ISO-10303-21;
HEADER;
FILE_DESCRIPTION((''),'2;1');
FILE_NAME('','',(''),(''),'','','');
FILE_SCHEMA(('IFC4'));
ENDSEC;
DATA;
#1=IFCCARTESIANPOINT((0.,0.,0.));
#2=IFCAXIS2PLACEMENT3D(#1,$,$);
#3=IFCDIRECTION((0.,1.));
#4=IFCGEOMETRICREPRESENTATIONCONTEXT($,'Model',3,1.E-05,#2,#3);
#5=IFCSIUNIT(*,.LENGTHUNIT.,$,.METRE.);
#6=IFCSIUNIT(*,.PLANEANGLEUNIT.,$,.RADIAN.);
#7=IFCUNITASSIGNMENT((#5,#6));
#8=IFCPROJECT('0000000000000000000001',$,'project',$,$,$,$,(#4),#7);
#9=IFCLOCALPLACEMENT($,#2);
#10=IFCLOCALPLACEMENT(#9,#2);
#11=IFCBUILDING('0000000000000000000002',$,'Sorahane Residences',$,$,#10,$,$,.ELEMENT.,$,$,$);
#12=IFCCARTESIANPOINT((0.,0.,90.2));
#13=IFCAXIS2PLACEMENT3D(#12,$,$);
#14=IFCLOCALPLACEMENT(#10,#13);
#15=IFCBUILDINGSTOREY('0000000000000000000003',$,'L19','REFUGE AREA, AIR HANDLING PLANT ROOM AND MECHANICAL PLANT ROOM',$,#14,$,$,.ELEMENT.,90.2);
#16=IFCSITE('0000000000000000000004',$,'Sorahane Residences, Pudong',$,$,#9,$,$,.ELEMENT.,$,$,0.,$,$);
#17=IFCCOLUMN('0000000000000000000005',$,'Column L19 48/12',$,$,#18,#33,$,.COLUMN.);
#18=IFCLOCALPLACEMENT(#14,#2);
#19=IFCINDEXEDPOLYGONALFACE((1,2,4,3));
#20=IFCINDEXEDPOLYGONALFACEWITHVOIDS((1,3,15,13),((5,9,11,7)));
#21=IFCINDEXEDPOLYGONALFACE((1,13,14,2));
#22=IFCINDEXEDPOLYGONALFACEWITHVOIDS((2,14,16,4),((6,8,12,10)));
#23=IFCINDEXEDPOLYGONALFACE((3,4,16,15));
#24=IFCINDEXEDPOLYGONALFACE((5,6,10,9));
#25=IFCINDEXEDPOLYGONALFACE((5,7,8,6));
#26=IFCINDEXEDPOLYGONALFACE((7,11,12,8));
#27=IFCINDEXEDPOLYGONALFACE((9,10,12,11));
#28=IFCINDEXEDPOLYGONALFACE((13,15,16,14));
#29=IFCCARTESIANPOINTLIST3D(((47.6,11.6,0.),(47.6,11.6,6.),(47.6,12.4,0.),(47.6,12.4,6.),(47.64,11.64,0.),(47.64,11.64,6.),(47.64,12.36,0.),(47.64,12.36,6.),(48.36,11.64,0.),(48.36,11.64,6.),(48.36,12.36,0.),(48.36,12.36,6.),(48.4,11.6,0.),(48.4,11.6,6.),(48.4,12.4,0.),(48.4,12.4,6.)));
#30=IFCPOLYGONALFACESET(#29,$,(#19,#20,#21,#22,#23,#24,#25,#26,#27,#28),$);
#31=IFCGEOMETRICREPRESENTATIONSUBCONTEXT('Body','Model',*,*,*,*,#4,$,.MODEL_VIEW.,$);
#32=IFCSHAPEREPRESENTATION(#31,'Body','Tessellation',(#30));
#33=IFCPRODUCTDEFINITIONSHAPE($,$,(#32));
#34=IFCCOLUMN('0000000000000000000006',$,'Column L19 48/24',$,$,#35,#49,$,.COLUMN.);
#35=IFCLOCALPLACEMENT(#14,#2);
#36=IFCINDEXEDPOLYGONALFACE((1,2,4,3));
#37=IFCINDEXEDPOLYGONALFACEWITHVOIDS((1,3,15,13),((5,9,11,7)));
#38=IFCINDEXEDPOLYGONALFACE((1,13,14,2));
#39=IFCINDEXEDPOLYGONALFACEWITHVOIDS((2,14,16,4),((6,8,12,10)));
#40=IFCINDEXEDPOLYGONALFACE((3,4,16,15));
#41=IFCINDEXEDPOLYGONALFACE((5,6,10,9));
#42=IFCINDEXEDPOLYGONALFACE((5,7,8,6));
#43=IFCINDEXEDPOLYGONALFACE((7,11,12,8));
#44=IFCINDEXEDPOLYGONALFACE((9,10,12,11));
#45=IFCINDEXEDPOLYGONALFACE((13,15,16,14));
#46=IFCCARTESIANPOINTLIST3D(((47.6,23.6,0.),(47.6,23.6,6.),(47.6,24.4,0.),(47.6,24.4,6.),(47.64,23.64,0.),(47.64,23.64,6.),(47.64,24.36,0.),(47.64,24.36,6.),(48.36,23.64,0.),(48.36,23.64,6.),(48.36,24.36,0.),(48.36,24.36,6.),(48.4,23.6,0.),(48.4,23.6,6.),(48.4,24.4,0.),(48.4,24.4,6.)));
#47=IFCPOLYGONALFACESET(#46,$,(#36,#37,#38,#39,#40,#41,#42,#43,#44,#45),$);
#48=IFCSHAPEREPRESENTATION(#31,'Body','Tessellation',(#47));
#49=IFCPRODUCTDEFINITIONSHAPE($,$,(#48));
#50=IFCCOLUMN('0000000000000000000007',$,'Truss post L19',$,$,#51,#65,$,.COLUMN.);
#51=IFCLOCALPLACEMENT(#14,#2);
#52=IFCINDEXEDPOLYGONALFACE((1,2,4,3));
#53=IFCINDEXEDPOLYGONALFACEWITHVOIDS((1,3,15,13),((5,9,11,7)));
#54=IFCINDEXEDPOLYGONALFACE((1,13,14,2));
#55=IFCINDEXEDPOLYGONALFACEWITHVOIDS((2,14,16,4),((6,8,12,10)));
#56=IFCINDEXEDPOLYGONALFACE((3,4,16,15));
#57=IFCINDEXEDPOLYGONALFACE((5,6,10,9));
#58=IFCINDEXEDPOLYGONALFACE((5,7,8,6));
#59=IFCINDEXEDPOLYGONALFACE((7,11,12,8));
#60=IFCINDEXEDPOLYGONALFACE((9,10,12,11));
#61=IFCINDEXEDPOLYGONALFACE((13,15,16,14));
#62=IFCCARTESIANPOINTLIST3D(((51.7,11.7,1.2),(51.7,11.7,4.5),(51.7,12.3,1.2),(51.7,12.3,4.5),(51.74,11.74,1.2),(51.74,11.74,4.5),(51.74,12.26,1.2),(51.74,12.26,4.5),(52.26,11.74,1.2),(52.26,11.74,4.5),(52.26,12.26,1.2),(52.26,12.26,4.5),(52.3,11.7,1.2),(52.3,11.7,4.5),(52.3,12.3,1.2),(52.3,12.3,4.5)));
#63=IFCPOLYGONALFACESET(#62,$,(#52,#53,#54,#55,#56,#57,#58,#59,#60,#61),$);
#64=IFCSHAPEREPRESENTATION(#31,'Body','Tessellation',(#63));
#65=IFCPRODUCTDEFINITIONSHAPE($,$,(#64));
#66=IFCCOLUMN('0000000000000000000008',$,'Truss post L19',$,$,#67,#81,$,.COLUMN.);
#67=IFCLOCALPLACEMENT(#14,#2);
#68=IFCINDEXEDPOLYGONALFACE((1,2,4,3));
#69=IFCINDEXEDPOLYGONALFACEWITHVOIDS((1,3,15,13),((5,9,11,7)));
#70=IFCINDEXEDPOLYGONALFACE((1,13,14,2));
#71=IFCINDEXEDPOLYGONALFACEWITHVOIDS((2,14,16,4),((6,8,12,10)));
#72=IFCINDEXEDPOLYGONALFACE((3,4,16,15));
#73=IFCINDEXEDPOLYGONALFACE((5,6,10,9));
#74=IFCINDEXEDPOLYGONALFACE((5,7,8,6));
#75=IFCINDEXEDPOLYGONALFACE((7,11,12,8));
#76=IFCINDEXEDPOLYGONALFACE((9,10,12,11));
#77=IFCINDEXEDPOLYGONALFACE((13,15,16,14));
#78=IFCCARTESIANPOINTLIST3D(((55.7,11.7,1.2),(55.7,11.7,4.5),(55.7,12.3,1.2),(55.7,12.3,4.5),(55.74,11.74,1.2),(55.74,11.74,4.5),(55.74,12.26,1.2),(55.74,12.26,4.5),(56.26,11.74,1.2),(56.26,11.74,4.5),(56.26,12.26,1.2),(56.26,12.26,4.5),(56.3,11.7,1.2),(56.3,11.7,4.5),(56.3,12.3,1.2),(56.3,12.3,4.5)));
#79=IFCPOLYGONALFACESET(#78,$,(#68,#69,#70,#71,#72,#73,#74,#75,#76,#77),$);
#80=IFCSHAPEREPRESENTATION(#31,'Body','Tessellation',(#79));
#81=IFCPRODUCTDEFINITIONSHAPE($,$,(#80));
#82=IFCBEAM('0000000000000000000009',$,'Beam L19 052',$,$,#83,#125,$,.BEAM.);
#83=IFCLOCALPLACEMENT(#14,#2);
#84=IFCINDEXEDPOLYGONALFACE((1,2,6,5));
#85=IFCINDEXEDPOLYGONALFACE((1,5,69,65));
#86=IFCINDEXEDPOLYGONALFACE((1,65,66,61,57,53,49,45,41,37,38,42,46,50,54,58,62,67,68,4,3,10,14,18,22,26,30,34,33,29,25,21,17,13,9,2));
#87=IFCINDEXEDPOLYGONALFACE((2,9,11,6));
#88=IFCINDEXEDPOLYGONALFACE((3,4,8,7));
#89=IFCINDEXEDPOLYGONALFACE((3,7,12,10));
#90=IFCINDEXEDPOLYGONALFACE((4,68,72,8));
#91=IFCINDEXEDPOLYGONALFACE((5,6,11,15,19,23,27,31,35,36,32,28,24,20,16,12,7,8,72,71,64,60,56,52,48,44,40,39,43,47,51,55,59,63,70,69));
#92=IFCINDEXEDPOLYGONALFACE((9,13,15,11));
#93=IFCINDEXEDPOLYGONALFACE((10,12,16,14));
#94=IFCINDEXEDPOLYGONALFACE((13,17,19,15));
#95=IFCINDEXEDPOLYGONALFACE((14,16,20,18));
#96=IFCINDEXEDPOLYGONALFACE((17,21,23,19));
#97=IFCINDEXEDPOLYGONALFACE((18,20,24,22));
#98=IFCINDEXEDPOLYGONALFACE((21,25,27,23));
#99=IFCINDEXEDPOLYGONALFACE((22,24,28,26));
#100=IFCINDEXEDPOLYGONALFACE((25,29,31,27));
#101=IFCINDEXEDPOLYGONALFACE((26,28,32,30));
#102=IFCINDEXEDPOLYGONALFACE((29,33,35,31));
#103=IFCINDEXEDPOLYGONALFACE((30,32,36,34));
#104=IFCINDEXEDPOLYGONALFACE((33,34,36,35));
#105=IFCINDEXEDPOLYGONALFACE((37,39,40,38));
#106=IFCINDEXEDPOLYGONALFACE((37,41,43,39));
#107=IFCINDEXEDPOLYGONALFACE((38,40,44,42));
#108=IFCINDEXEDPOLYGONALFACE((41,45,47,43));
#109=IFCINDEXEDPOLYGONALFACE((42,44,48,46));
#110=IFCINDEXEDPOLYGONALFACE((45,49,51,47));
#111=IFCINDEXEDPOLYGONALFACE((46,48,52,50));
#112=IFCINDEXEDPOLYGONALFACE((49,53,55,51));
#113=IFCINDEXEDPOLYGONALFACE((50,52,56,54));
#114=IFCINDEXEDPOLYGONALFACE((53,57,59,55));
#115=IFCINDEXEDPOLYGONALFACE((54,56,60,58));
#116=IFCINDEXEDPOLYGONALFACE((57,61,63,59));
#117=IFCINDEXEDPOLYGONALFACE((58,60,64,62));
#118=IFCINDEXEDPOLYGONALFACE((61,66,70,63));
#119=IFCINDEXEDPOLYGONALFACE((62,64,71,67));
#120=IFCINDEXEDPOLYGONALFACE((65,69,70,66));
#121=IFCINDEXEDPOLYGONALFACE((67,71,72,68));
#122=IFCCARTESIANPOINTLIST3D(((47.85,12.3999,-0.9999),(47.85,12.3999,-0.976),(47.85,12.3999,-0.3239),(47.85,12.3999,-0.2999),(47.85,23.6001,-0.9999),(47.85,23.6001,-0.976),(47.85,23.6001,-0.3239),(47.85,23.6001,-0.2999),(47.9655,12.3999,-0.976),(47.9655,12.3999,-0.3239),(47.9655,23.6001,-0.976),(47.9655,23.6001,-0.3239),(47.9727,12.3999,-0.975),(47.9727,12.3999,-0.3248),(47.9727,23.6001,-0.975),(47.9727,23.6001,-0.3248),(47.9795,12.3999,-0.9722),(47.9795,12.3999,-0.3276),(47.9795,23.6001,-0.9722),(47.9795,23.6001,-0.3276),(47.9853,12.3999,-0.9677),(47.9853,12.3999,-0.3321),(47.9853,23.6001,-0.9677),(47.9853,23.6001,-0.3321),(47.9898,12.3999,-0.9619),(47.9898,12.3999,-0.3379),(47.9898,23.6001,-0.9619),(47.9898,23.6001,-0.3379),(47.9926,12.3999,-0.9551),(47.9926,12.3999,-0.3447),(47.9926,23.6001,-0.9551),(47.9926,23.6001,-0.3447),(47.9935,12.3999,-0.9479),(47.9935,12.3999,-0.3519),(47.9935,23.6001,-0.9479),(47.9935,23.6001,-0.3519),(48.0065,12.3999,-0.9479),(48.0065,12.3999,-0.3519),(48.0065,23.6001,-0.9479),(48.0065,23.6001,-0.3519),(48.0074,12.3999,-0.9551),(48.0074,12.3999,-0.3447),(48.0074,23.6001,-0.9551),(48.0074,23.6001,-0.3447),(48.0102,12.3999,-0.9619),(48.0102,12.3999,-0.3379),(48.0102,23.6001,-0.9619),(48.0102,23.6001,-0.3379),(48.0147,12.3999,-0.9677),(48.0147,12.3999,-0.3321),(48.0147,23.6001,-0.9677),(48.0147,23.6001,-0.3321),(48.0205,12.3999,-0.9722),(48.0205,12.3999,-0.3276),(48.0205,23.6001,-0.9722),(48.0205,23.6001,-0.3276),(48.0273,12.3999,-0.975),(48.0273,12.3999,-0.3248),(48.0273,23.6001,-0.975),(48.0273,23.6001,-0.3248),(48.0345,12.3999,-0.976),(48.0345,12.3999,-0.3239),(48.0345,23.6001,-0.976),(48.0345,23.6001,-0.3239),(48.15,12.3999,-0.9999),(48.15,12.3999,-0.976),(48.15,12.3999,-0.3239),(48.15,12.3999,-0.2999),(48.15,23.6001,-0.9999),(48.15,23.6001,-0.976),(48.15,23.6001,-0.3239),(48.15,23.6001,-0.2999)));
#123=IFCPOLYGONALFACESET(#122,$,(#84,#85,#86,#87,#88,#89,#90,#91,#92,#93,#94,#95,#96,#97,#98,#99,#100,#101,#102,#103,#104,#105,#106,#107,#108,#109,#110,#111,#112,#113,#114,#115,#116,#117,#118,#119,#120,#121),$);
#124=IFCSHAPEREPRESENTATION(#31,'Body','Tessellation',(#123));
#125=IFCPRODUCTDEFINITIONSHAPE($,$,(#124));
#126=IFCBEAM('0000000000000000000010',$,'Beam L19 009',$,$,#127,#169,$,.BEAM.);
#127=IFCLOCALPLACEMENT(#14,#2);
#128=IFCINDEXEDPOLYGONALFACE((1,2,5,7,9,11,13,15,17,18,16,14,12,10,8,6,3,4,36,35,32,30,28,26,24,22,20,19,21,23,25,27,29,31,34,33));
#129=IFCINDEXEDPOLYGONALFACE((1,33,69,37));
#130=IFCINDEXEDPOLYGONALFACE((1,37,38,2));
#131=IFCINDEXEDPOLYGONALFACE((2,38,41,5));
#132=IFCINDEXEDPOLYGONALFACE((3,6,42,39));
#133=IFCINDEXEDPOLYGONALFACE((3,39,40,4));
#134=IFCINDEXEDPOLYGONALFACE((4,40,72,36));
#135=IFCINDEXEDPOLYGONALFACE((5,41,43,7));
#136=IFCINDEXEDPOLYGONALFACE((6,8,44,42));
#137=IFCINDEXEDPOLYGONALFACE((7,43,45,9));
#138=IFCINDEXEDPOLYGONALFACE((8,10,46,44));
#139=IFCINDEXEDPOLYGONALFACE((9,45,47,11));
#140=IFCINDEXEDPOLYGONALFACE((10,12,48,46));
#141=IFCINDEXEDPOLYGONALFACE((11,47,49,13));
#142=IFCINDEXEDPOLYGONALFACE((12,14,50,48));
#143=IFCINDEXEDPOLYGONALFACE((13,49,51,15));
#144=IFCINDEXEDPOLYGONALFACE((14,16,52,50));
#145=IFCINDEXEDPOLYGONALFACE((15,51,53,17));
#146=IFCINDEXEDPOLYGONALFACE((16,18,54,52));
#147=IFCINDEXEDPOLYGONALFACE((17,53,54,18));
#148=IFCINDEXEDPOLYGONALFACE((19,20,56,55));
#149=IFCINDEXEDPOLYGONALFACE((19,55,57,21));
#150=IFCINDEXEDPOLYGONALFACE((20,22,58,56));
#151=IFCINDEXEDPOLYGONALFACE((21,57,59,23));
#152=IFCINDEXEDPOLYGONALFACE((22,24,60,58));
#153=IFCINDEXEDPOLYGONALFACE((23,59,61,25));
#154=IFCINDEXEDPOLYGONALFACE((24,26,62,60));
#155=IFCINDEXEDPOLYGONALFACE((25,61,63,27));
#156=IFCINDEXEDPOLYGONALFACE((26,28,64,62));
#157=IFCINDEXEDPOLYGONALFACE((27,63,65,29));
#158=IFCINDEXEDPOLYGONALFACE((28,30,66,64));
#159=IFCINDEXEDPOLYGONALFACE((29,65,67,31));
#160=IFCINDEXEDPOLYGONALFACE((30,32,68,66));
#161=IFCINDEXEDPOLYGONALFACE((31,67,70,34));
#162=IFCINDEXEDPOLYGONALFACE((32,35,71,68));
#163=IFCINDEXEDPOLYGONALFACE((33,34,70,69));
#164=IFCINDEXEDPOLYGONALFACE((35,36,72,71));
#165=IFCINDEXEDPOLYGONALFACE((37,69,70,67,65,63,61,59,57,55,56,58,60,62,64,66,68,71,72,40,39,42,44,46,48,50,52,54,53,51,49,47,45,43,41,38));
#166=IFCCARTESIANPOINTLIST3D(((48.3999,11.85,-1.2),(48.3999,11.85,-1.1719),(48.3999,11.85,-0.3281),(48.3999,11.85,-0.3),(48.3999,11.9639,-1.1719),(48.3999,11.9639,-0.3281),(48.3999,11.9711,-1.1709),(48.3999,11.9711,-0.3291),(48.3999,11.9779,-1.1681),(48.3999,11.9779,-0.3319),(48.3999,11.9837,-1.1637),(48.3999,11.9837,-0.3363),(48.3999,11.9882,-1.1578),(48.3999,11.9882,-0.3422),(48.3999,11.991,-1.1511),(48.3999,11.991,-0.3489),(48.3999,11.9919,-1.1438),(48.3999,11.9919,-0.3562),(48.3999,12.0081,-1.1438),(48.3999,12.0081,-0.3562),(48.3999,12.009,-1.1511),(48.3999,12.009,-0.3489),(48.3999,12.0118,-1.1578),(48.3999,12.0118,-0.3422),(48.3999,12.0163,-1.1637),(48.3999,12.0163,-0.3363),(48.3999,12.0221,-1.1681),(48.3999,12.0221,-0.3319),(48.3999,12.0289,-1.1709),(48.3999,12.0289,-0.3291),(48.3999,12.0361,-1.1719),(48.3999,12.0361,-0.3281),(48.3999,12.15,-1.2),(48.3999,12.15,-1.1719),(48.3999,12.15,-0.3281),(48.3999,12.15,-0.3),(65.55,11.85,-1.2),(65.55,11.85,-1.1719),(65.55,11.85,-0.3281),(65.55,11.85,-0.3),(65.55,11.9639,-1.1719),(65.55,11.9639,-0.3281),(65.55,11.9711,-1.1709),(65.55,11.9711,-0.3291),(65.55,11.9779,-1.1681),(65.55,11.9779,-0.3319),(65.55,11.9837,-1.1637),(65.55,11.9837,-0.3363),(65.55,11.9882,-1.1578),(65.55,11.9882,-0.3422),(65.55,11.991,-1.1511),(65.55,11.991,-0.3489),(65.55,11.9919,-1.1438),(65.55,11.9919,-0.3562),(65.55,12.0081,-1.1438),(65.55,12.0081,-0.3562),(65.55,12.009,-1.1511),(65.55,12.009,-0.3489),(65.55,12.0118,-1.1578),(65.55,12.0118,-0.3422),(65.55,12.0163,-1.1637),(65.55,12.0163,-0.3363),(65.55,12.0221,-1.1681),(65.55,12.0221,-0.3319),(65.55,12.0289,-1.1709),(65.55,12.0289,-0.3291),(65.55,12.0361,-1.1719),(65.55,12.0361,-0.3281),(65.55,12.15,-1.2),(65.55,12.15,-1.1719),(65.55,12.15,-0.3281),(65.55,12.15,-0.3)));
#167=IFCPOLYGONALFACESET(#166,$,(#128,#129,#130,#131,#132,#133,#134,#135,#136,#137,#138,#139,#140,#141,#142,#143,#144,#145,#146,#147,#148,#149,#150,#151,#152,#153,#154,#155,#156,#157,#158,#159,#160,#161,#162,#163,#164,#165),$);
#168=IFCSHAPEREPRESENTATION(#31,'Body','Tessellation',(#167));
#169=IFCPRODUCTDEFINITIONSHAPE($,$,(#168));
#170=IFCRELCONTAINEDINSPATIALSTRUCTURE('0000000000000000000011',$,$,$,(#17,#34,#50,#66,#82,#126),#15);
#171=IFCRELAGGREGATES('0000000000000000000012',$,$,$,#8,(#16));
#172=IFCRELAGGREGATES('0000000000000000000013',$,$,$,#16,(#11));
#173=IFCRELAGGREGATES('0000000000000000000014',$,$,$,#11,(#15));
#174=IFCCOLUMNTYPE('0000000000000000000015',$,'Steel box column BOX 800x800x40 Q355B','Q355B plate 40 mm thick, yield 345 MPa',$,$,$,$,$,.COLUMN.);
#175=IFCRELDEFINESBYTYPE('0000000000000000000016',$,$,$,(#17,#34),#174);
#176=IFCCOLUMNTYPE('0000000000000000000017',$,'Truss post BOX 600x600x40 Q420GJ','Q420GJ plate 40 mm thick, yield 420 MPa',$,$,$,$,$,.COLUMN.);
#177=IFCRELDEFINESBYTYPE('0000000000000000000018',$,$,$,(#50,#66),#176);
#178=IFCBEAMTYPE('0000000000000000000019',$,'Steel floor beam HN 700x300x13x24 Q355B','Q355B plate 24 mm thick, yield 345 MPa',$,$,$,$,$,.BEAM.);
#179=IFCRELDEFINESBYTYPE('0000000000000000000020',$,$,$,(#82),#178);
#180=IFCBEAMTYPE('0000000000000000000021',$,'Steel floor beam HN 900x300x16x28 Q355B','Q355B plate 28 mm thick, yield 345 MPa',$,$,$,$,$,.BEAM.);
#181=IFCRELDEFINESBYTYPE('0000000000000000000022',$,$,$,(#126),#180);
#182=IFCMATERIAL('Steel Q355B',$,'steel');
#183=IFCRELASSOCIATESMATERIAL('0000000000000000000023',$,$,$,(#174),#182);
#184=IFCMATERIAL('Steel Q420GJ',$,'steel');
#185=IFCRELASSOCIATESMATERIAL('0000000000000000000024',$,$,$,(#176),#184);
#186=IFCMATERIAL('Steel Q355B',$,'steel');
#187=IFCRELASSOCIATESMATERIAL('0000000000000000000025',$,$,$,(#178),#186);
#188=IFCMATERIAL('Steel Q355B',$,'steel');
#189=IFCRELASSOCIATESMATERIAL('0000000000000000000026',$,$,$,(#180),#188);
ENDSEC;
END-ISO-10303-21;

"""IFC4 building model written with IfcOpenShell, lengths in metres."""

from ifc_helpers import new_model, si_unit, direction, frame, origin, origin_2d, place, context, subcontext, project, spatial, hollow_rectangle, i_section, extrude, material, material_profile, profile_set, type_object, element, save


model = new_model("IFC4")

# Units and contexts
model_context = context("Model", 3, precision=1e-05, world=origin(), true_north=direction((0.0, 1.0)))
body_context = subcontext(model_context, "Body", "Model", "MODEL_VIEW")
ifc_project = project(units=[si_unit("LENGTHUNIT", "METRE"), si_unit("PLANEANGLEUNIT", "RADIAN")], contexts=[model_context])

# Site, building, storey
site_placement = place(None, origin())
site = spatial("IfcSite", under=ifc_project, at=site_placement, Name="Sorahane Residences, Pudong", CompositionType="ELEMENT", RefElevation=0.0)
building_placement = place(site_placement, origin())
building = spatial("IfcBuilding", under=site, at=building_placement, Name="Sorahane Residences", CompositionType="ELEMENT")
storey_placement = place(building_placement, frame((0.0, 0.0, 90.2)))
storey = spatial("IfcBuildingStorey", under=building, at=storey_placement, Name="L19", Description="REFUGE AREA, AIR HANDLING PLANT ROOM AND MECHANICAL PLANT ROOM", CompositionType="ELEMENT", Elevation=90.2)

# Columns
ifc_material_1 = material(Name="Steel Q355B", Category="steel")
ifc_material_profile_1 = material_profile(ifc_material_1, hollow_rectangle(XDim=0.8, YDim=0.8, WallThickness=0.04, at=origin_2d()), Name="BOX 800x800x40")
ifc_profile_set_1 = profile_set([ifc_material_profile_1], Name="Steel Q355B")
column_type_1 = type_object("IfcColumnType", Name="Steel box column BOX 800x800x40 Q355B", Description="Q355B plate 40 mm thick, yield 345 MPa", PredefinedType="COLUMN", material=ifc_profile_set_1)
for number, where, z_axis, x_axis, name in (
    (1, (48.0, 12.0, 0.0), (0.0, 0.0, 1.0), (1.0, 0.0, 0.0), "Column L19 48/12"),
    (2, (48.0, 24.0, 0.0), (0.0, 0.0, 1.0), (1.0, 0.0, 0.0), "Column L19 48/24"),
):
    element("IfcColumn", number, at=place(storey_placement, frame(where, z_axis=z_axis, x_axis=x_axis)), inside=storey, type_object=column_type_1, Name=name, PredefinedType="COLUMN", context=body_context, shape_type="SweptSolid", body=[
        extrude(hollow_rectangle(XDim=0.8, YDim=0.8, WallThickness=0.04, at=origin_2d()), origin(), (0.0, 0.0, 1.0), 6.0),
    ])
ifc_material_2 = material(Name="Steel Q420GJ", Category="steel")
ifc_material_profile_2 = material_profile(ifc_material_2, hollow_rectangle(XDim=0.6001, YDim=0.6001, WallThickness=0.04, at=origin_2d()), Name="BOX 600x600x40")
ifc_profile_set_2 = profile_set([ifc_material_profile_2], Name="Steel Q420GJ")
column_type_2 = type_object("IfcColumnType", Name="Truss post BOX 600x600x40 Q420GJ", Description="Q420GJ plate 40 mm thick, yield 420 MPa", PredefinedType="COLUMN", material=ifc_profile_set_2)
for number, where, z_axis, x_axis, name in (
    (3, (52.0, 12.0, 1.2), (0.0, 0.0, 1.0), (1.0, 0.0, 0.0), "Truss post L19"),
    (4, (56.0, 12.0, 1.2), (0.0, 0.0, 1.0), (1.0, 0.0, 0.0), "Truss post L19"),
):
    element("IfcColumn", number, at=place(storey_placement, frame(where, z_axis=z_axis, x_axis=x_axis)), inside=storey, type_object=column_type_2, Name=name, PredefinedType="COLUMN", context=body_context, shape_type="SweptSolid", body=[
        extrude(hollow_rectangle(XDim=0.6001, YDim=0.6001, WallThickness=0.04, at=origin_2d()), origin(), (0.0, 0.0, 1.0), 3.3),
    ])

# Beams
ifc_material_3 = material(Name="Steel Q355B", Category="steel")
ifc_material_profile_3 = material_profile(ifc_material_3, i_section(OverallWidth=0.3, OverallDepth=0.7, WebThickness=0.0129, FlangeThickness=0.0239, FilletRadius=0.0281, at=origin_2d()), Name="HN 700x300x13x24")
ifc_profile_set_3 = profile_set([ifc_material_profile_3], Name="Steel Q355B")
beam_type_1 = type_object("IfcBeamType", Name="Steel floor beam HN 700x300x13x24 Q355B", Description="Q355B plate 24 mm thick, yield 345 MPa", PredefinedType="BEAM", material=ifc_profile_set_3)
beam_1_placement = place(storey_placement, frame((48.0, 12.3999, -0.6499), z_axis=(0.0, 1.0, 0.0), x_axis=(-1.0, 0.0, 0.0)))
element("IfcBeam", 5, at=beam_1_placement, inside=storey, type_object=beam_type_1, Name="Beam L19 052", PredefinedType="BEAM", context=body_context, shape_type="SweptSolid", body=[
    extrude(i_section(OverallWidth=0.3, OverallDepth=0.7, WebThickness=0.0129, FlangeThickness=0.0239, FilletRadius=0.0281, at=origin_2d()), origin(), (0.0, 0.0, 1.0), 11.2002),
])
ifc_material_4 = material(Name="Steel Q355B", Category="steel")
ifc_material_profile_4 = material_profile(ifc_material_4, i_section(OverallWidth=0.3, OverallDepth=0.8999, WebThickness=0.0161, FlangeThickness=0.0281, FilletRadius=0.0281, at=origin_2d()), Name="HN 900x300x16x28")
ifc_profile_set_4 = profile_set([ifc_material_profile_4], Name="Steel Q355B")
beam_type_2 = type_object("IfcBeamType", Name="Steel floor beam HN 900x300x16x28 Q355B", Description="Q355B plate 28 mm thick, yield 345 MPa", PredefinedType="BEAM", material=ifc_profile_set_4)
for number, where, z_axis, x_axis, name in (
    (6, (48.3999, 12.0, -0.75), (1.0, 0.0, 0.0), (0.0, 1.0, 0.0), "Beam L19 009"),
):
    element("IfcBeam", number, at=place(storey_placement, frame(where, z_axis=z_axis, x_axis=x_axis)), inside=storey, type_object=beam_type_2, Name=name, PredefinedType="BEAM", context=body_context, shape_type="SweptSolid", body=[
        extrude(i_section(OverallWidth=0.3, OverallDepth=0.8999, WebThickness=0.0161, FlangeThickness=0.0281, FilletRadius=0.0281, at=origin_2d()), origin(), (0.0, 0.0, 1.0), 17.1501),
    ])

save(model, "model.ifc")
